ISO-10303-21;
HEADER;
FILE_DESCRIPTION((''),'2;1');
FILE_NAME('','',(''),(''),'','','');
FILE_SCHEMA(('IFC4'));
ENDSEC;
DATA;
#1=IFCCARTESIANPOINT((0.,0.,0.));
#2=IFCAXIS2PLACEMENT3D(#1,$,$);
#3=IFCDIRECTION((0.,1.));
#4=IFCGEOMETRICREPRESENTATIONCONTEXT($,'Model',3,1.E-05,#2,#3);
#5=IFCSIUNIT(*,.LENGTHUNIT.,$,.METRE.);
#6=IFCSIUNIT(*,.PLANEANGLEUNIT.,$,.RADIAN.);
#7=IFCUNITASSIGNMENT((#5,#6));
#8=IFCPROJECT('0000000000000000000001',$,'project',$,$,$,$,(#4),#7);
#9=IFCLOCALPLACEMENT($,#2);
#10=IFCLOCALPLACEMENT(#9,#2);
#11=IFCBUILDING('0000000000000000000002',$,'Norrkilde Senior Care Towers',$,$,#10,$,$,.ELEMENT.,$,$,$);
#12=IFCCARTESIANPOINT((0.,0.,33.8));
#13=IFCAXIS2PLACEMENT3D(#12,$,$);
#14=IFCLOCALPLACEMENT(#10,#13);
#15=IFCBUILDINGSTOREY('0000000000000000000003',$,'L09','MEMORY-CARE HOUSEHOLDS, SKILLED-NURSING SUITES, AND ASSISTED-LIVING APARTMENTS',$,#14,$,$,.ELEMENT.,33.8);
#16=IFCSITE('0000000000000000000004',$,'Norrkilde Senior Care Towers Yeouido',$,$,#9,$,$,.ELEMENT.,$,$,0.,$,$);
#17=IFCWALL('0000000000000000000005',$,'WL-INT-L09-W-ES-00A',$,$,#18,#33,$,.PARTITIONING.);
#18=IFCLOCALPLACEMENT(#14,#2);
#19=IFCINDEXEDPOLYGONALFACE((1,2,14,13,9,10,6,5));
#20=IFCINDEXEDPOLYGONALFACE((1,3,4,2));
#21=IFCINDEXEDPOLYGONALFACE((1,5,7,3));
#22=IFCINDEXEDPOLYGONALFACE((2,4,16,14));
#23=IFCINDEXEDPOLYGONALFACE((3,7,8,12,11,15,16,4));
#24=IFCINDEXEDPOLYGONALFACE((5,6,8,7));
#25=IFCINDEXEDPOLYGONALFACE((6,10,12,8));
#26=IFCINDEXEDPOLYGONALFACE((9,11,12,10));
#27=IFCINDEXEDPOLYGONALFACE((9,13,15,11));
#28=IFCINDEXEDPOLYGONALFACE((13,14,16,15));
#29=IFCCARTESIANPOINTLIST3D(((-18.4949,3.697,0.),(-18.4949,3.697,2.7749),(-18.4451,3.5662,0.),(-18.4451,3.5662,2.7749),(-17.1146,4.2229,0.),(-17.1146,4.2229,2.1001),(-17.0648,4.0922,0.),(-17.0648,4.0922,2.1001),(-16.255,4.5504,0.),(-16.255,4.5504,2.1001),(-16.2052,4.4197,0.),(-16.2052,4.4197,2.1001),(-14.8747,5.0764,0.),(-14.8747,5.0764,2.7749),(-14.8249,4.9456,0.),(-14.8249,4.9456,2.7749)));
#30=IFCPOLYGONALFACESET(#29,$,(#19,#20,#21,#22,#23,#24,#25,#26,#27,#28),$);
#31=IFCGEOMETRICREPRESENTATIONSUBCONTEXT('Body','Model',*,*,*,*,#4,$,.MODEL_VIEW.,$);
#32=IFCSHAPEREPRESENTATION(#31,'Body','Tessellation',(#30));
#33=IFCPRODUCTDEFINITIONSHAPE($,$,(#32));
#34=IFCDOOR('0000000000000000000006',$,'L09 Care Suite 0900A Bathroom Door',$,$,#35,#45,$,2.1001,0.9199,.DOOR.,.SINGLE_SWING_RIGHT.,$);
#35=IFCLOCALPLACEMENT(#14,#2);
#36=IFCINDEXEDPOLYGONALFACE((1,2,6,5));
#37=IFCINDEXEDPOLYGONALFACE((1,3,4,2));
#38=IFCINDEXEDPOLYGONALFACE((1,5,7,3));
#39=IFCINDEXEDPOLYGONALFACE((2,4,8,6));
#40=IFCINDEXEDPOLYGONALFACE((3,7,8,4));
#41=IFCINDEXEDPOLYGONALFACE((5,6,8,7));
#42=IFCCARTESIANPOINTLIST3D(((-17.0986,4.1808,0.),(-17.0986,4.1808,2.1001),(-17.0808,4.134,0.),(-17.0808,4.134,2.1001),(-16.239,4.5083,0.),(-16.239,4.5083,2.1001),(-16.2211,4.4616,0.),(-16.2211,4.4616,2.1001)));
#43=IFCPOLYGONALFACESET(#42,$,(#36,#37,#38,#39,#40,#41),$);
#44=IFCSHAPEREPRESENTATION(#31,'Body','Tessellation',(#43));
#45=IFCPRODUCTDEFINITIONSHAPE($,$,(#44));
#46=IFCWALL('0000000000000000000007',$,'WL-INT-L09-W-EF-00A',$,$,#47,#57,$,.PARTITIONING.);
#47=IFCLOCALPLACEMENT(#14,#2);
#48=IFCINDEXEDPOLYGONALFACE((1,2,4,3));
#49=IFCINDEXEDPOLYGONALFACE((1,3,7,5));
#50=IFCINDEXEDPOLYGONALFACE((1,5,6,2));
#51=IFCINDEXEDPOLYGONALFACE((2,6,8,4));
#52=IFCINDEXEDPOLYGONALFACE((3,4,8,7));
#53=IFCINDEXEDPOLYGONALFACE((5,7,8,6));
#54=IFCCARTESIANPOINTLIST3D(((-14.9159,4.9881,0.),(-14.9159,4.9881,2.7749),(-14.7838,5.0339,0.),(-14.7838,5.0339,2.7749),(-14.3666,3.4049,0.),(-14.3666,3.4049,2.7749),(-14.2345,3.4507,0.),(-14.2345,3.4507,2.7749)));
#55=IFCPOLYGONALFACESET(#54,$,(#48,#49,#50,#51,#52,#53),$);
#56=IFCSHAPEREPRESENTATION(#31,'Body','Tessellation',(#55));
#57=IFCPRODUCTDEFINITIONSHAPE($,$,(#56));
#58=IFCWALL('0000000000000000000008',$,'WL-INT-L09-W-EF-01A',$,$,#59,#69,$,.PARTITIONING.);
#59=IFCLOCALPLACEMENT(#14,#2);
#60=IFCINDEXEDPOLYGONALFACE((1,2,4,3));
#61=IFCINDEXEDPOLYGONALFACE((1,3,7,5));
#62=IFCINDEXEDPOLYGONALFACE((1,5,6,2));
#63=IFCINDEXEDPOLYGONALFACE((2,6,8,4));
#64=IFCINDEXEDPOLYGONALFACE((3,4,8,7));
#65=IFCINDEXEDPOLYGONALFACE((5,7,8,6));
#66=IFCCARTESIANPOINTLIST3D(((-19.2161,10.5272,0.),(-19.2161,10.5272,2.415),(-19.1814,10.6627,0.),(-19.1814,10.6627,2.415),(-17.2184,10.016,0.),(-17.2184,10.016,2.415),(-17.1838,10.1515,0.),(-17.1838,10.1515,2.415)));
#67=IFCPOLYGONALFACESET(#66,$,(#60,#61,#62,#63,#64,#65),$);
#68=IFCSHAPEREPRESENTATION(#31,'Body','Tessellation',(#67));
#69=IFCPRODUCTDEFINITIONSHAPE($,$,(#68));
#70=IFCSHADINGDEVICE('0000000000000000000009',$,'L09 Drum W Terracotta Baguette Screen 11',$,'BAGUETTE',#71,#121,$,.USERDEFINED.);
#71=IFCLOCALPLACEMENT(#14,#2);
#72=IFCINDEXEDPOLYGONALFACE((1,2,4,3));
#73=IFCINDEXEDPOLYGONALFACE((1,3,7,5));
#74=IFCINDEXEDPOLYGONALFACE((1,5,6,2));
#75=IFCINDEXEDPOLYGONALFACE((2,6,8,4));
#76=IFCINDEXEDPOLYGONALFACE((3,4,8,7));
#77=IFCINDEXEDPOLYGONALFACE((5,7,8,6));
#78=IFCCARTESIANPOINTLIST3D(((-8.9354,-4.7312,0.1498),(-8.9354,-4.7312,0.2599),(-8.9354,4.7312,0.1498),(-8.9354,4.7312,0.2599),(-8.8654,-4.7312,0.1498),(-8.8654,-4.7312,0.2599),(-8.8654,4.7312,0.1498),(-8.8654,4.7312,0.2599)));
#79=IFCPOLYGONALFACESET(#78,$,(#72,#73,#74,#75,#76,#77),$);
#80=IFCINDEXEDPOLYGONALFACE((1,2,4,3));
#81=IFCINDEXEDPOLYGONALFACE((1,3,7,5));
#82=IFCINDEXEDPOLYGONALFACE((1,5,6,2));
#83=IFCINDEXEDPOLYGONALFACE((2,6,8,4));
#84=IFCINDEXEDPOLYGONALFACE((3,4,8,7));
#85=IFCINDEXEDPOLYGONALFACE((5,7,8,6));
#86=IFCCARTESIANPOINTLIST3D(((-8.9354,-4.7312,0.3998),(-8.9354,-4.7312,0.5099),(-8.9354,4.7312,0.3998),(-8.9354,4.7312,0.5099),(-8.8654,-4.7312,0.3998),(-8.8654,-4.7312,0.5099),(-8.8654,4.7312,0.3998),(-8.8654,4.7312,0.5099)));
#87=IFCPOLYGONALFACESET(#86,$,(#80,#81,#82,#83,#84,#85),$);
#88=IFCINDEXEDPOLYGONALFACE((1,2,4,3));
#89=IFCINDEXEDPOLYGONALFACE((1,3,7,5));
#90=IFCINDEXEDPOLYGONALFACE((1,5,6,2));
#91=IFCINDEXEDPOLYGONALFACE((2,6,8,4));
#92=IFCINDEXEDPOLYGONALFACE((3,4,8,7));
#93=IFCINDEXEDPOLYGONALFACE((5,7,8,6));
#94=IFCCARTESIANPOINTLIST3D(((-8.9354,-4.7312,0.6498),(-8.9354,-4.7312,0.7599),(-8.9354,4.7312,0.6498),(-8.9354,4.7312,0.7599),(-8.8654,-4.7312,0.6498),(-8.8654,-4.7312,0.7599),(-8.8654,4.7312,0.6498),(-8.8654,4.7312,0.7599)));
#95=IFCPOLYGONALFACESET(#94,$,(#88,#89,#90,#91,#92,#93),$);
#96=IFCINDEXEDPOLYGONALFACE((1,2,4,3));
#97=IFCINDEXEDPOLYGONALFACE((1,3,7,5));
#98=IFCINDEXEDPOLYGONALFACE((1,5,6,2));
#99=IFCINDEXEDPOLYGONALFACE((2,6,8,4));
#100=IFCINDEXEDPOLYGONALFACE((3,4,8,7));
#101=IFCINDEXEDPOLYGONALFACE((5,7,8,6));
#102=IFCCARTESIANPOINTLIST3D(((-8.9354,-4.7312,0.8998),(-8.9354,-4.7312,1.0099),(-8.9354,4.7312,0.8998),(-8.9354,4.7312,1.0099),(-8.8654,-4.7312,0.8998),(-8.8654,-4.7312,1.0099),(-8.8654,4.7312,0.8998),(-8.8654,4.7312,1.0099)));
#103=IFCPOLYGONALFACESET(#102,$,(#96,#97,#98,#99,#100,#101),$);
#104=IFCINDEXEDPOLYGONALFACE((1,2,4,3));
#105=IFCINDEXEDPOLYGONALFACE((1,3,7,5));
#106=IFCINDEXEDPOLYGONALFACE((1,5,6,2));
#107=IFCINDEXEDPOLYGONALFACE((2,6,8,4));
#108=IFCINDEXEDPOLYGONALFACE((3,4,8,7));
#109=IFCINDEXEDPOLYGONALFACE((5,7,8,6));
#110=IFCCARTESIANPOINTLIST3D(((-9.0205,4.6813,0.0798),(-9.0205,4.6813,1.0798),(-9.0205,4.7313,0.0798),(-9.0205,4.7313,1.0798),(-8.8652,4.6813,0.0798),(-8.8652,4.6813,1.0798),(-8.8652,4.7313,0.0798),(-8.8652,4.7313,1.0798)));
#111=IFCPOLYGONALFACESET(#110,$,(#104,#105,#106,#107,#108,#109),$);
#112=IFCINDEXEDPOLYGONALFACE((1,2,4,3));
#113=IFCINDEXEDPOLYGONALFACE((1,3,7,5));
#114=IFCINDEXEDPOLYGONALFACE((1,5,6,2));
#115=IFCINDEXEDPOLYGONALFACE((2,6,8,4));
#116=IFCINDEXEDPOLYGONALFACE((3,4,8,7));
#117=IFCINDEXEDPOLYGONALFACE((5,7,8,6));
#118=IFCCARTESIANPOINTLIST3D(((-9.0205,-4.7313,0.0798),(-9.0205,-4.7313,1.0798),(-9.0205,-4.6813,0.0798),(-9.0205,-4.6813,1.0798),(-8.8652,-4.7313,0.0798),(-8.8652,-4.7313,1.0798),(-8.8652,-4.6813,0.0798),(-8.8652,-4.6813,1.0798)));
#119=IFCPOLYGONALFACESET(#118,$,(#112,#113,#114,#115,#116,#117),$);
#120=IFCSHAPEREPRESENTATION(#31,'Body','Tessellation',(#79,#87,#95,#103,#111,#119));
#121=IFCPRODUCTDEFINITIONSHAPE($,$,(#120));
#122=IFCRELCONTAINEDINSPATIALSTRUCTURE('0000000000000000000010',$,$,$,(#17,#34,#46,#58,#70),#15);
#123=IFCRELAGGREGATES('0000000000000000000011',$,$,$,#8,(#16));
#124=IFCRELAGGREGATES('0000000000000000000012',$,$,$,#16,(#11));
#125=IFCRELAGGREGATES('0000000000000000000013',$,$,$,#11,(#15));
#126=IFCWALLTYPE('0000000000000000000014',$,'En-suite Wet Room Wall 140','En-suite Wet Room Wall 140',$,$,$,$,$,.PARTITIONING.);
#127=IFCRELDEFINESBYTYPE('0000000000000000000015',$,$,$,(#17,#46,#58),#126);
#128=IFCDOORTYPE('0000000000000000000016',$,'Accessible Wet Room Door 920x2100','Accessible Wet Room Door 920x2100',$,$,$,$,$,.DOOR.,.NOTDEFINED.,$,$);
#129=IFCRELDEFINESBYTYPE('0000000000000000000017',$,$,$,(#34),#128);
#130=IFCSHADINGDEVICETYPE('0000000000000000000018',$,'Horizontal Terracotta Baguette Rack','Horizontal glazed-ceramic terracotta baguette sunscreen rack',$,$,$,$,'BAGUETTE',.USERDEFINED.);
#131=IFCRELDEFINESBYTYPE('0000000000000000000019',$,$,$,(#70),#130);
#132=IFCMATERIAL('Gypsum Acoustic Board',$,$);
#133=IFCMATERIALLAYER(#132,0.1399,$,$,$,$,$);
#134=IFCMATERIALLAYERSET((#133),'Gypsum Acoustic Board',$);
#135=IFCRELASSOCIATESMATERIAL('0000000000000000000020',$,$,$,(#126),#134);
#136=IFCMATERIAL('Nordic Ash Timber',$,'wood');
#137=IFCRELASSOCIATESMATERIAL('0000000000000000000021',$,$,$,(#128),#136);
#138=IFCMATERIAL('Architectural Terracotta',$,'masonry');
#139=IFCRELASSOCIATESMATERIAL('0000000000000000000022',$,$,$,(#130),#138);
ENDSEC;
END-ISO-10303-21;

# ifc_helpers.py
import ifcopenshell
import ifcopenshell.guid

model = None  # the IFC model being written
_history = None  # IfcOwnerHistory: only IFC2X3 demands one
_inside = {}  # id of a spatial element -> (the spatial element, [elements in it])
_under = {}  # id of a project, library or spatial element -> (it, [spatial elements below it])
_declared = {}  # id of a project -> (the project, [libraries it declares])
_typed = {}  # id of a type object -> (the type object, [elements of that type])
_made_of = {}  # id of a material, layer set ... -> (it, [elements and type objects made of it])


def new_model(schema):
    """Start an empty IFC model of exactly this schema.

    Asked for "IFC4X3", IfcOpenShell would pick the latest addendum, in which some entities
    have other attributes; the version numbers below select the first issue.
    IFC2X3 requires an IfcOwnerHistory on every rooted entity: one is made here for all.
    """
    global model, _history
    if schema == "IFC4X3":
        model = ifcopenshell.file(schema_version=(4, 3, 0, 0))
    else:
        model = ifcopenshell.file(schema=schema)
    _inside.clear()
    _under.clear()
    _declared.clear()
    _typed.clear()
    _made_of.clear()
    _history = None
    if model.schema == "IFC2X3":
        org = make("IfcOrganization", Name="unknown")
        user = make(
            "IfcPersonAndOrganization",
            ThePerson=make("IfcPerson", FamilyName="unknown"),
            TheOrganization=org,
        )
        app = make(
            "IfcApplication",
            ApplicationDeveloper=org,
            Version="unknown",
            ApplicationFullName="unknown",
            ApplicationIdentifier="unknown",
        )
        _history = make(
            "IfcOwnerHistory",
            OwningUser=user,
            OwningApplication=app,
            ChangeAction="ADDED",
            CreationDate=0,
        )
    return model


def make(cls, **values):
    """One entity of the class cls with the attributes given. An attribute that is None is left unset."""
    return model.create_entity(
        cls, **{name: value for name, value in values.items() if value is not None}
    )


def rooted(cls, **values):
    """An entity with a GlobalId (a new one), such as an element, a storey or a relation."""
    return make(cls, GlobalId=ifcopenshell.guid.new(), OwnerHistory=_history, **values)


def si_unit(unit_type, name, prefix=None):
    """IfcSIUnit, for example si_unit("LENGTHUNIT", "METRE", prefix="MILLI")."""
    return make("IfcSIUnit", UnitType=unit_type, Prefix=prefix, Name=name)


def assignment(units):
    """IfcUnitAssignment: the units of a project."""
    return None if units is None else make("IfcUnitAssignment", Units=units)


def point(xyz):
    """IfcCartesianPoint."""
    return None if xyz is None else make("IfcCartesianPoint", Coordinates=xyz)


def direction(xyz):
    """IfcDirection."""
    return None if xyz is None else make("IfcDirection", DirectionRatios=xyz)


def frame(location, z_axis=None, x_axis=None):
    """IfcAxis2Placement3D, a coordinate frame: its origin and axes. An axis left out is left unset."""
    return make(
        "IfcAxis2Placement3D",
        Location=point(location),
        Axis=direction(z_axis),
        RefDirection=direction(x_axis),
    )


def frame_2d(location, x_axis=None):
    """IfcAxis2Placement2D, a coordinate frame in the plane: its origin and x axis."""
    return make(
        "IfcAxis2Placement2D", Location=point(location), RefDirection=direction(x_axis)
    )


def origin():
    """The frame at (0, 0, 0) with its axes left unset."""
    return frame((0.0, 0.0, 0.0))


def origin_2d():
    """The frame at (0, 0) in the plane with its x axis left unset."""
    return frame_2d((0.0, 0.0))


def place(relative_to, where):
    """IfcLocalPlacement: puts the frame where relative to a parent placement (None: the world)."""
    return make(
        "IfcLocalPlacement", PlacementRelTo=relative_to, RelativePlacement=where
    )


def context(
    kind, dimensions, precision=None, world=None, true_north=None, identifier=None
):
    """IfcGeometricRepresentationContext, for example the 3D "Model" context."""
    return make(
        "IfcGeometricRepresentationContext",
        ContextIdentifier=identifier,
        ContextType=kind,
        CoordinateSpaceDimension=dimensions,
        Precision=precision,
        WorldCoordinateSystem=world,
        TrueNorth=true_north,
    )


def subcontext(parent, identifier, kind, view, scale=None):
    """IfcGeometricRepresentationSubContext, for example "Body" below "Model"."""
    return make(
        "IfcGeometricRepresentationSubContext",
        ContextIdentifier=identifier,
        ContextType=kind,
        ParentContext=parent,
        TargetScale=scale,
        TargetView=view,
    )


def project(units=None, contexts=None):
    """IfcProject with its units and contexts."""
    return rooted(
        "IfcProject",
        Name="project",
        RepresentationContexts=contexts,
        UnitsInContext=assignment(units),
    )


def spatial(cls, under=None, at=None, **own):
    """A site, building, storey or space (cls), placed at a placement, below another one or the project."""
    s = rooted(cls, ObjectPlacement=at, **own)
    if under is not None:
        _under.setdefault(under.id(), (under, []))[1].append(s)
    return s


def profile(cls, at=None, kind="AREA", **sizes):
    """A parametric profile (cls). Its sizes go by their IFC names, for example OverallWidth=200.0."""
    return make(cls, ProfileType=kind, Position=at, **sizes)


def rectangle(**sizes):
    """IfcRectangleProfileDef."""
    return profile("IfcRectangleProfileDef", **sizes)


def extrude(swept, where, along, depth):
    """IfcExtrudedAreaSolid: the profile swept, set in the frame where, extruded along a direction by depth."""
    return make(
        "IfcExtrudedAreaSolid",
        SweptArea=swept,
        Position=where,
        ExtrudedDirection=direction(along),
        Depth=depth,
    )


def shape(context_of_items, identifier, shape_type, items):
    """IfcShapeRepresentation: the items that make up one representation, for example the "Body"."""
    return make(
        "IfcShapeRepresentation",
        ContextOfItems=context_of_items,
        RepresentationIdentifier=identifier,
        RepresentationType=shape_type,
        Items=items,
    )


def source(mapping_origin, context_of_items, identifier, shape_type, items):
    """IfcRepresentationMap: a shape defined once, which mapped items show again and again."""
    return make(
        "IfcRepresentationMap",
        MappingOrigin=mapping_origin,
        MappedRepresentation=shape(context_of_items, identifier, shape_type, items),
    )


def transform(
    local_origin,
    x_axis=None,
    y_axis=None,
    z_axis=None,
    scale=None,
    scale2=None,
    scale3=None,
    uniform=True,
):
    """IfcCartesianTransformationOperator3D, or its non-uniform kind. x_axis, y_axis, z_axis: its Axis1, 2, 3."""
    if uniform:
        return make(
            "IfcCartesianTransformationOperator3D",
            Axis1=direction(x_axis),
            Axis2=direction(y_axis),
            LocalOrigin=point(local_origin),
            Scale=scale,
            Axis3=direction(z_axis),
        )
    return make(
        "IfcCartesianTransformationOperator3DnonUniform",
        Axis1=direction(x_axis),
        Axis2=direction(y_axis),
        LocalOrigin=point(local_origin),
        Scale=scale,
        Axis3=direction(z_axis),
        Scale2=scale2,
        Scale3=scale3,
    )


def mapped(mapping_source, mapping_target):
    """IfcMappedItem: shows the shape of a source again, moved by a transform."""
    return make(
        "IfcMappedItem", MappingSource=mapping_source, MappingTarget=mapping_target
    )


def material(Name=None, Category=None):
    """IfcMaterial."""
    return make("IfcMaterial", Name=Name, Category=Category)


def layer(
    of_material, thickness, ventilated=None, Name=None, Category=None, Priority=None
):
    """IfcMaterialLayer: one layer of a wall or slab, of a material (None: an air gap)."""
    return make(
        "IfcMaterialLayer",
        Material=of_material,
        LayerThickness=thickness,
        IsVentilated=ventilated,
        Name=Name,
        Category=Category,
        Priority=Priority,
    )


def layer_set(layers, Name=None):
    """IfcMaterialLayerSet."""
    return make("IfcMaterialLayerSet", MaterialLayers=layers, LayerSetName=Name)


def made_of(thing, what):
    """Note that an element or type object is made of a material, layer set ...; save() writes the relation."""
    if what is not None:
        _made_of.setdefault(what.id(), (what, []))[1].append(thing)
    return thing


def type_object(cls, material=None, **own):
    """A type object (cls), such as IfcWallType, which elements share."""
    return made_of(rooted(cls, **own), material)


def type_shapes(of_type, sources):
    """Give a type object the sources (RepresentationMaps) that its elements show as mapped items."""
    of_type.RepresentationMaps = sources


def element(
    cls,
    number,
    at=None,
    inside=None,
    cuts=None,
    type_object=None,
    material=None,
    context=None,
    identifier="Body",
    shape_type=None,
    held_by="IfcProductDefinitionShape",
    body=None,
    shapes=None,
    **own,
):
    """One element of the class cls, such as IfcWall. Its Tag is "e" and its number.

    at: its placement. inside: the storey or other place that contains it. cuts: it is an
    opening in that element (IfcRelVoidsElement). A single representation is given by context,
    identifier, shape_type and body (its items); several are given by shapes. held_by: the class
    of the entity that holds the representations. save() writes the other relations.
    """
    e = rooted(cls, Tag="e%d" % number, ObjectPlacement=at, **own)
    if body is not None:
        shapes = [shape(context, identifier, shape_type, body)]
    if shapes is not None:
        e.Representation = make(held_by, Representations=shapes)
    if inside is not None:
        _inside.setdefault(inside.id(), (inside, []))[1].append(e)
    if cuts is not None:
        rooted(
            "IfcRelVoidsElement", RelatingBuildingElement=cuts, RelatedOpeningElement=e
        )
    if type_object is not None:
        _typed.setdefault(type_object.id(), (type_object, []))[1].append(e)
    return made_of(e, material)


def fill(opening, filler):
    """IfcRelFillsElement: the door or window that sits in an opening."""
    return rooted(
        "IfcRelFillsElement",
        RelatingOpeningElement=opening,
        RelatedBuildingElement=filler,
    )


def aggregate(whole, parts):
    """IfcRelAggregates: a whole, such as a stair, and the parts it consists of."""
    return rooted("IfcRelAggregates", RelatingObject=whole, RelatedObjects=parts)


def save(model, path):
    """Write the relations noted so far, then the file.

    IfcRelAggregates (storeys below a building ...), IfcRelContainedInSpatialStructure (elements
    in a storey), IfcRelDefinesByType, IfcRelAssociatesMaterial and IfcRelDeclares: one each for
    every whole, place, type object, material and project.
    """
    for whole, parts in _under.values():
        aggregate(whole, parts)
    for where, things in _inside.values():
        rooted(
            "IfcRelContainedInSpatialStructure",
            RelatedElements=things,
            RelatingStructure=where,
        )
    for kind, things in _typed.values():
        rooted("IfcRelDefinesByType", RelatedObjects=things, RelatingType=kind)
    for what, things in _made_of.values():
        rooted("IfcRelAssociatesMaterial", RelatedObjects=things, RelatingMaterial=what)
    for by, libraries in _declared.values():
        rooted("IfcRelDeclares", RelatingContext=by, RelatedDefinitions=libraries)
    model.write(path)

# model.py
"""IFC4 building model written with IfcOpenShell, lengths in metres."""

from ifc_helpers import new_model, si_unit, direction, frame, frame_2d, origin, origin_2d, place, context, subcontext, project, spatial, rectangle, extrude, source, transform, mapped, material, layer, layer_set, type_object, type_shapes, element, fill, save


model = new_model("IFC4")

# Units and contexts
model_context = context("Model", 3, precision=1e-05, world=origin(), true_north=direction((0.0, 1.0)))
body_context = subcontext(model_context, "Body", "Model", "MODEL_VIEW")
ifc_project = project(units=[si_unit("LENGTHUNIT", "METRE"), si_unit("PLANEANGLEUNIT", "RADIAN")], contexts=[model_context])

# Site, building, storey
site_placement = place(None, origin())
site = spatial("IfcSite", under=ifc_project, at=site_placement, Name="Norrkilde Senior Care Towers Yeouido", CompositionType="ELEMENT", RefElevation=0.0)
building_placement = place(site_placement, origin())
building = spatial("IfcBuilding", under=site, at=building_placement, Name="Norrkilde Senior Care Towers", CompositionType="ELEMENT")
storey_placement = place(building_placement, frame((0.0, 0.0, 33.8)))
storey = spatial("IfcBuildingStorey", under=building, at=storey_placement, Name="L09", Description="MEMORY-CARE HOUSEHOLDS, SKILLED-NURSING SUITES, AND ASSISTED-LIVING APARTMENTS", CompositionType="ELEMENT", Elevation=33.8)

# Shared definitions
ifc_material_1 = material(Name="Gypsum Acoustic Board")
ifc_material_2 = material(Name="Nordic Ash Timber", Category="wood")

# Wall, opening, door
ifc_layer_1 = layer(ifc_material_1, 0.1399)
ifc_layer_set_1 = layer_set([ifc_layer_1], Name="Gypsum Acoustic Board")
wall_type_1 = type_object("IfcWallType", Name="En-suite Wet Room Wall 140", Description="En-suite Wet Room Wall 140", PredefinedType="PARTITIONING", material=ifc_layer_set_1)
shared_shape_1 = source(origin(), body_context, "Body", "SweptSolid", [
    extrude(rectangle(XDim=3.874, YDim=0.1399, at=frame_2d((1.937, 0.0))), origin(), (0.0, 0.0, 1.0), 2.7749),
])
wall_1_placement = place(storey_placement, frame((-18.47, 3.6316, 0.0), z_axis=(0.0, 0.0, 1.0), x_axis=(0.934462, 0.356063, 0.0)))
wall_1 = element("IfcWall", 1, at=wall_1_placement, inside=storey, type_object=wall_type_1, Name="WL-INT-L09-W-ES-00A", PredefinedType="PARTITIONING", context=body_context, shape_type="MappedRepresentation", body=[
    mapped(shared_shape_1, transform((0.0, 0.0, 0.0), x_axis=(1.0, 0.0, 0.0), y_axis=(0.0, 1.0, 0.0), z_axis=(0.0, 0.0, 1.0), scale=1.0)),
])
opening_1_placement = place(wall_1_placement, frame((1.4771, 0.0, 0.0)))
opening_1 = element("IfcOpeningElement", 2, at=opening_1_placement, cuts=wall_1, PredefinedType="OPENING", context=body_context, shape_type="SweptSolid", body=[
    extrude(rectangle(XDim=0.9199, YDim=2.1001, at=frame_2d((0.46, 1.05))), frame((0.0, 0.0798, 0.0), z_axis=(0.0, -1.0, 0.0), x_axis=(1.0, 0.0, 0.0)), (0.0, 0.0, 1.0), 0.1599),
])
door_type_1 = type_object("IfcDoorType", Name="Accessible Wet Room Door 920x2100", Description="Accessible Wet Room Door 920x2100", OperationType="NOTDEFINED", PredefinedType="DOOR", material=ifc_material_2)
shared_shape_2 = source(origin(), body_context, "Body", "SweptSolid", [
    extrude(rectangle(XDim=0.9199, YDim=2.1001, at=frame_2d((0.46, 1.05))), frame((0.0, 0.0249, 0.0), z_axis=(0.0, -1.0, 0.0), x_axis=(1.0, 0.0, 0.0)), (0.0, 0.0, 1.0), 0.05),
])
type_shapes(door_type_1, [shared_shape_2])
door_1_placement = place(opening_1_placement, origin())
door_1 = element("IfcDoor", 3, at=door_1_placement, inside=storey, type_object=door_type_1, Name="L09 Care Suite 0900A Bathroom Door", OperationType="SINGLE_SWING_RIGHT", OverallHeight=2.1001, OverallWidth=0.9199, PredefinedType="DOOR", context=body_context, shape_type="MappedRepresentation", body=[
    mapped(shared_shape_2, transform((0.0, 0.0, 0.0), x_axis=(1.0, 0.0, 0.0), y_axis=(0.0, 1.0, 0.0), z_axis=(0.0, 0.0, 1.0), scale=1.0)),
])
fill(opening_1, door_1)

# Walls
shared_shape_3 = source(origin(), body_context, "Body", "SweptSolid", [
    extrude(rectangle(XDim=1.6758, YDim=0.1399, at=frame_2d((0.8379, 0.0))), origin(), (0.0, 0.0, 1.0), 2.7749),
])
wall_2_placement = place(storey_placement, frame((-14.8499, 5.011, 0.0), z_axis=(0.0, 0.0, 1.0), x_axis=(0.327786, -0.944752, 0.0)))
element("IfcWall", 4, at=wall_2_placement, inside=storey, type_object=wall_type_1, Name="WL-INT-L09-W-EF-00A", PredefinedType="PARTITIONING", context=body_context, shape_type="MappedRepresentation", body=[
    mapped(shared_shape_3, transform((0.0, 0.0, 0.0), x_axis=(1.0, 0.0, 0.0), y_axis=(0.0, 1.0, 0.0), z_axis=(0.0, 0.0, 1.0), scale=1.0)),
])
shared_shape_4 = source(origin(), body_context, "Body", "SweptSolid", [
    extrude(rectangle(XDim=2.062, YDim=0.1399, at=frame_2d((1.031, 0.0))), origin(), (0.0, 0.0, 1.0), 2.415),
])
type_shapes(wall_type_1, [shared_shape_1, shared_shape_3, shared_shape_4])
wall_3_placement = place(storey_placement, frame((-19.1987, 10.595, 0.0), z_axis=(0.0, 0.0, 1.0), x_axis=(0.968776, -0.247937, 0.0)))
element("IfcWall", 5, at=wall_3_placement, inside=storey, type_object=wall_type_1, Name="WL-INT-L09-W-EF-01A", PredefinedType="PARTITIONING", context=body_context, shape_type="MappedRepresentation", body=[
    mapped(shared_shape_4, transform((0.0, 0.0, 0.0), x_axis=(1.0, 0.0, 0.0), y_axis=(0.0, 1.0, 0.0), z_axis=(0.0, 0.0, 1.0), scale=1.0)),
])

# Shading device
ifc_material_3 = material(Name="Architectural Terracotta", Category="masonry")
shading_device_type = type_object("IfcShadingDeviceType", Name="Horizontal Terracotta Baguette Rack", Description="Horizontal glazed-ceramic terracotta baguette sunscreen rack", ElementType="BAGUETTE", PredefinedType="USERDEFINED", material=ifc_material_3)
shared_shape_5 = source(origin(), body_context, "Body", "SweptSolid", [
    extrude(rectangle(XDim=0.0701, YDim=0.1101, at=origin_2d()), frame((0.0, 0.0901, 0.125), z_axis=(1.0, 0.0, 0.0), x_axis=(0.0, 1.0, 0.0)), (0.0, 0.0, 1.0), 9.4624),
    extrude(rectangle(XDim=0.0701, YDim=0.1101, at=origin_2d()), frame((0.0, 0.0901, 0.375), z_axis=(1.0, 0.0, 0.0), x_axis=(0.0, 1.0, 0.0)), (0.0, 0.0, 1.0), 9.4624),
    extrude(rectangle(XDim=0.0701, YDim=0.1101, at=origin_2d()), frame((0.0, 0.0901, 0.625), z_axis=(1.0, 0.0, 0.0), x_axis=(0.0, 1.0, 0.0)), (0.0, 0.0, 1.0), 9.4624),
    extrude(rectangle(XDim=0.0701, YDim=0.1101, at=origin_2d()), frame((0.0, 0.0901, 0.875), z_axis=(1.0, 0.0, 0.0), x_axis=(0.0, 1.0, 0.0)), (0.0, 0.0, 1.0), 9.4624),
    extrude(rectangle(XDim=0.05, YDim=0.1553, at=origin_2d()), frame((0.0249, 0.0476, 0.0)), (0.0, 0.0, 1.0), 1.0),
    extrude(rectangle(XDim=0.05, YDim=0.1553, at=origin_2d()), frame((9.4375, 0.0476, 0.0)), (0.0, 0.0, 1.0), 1.0),
])
type_shapes(shading_device_type, [shared_shape_5])
shading_device_placement = place(storey_placement, frame((-8.9905, 4.7312, 0.0798), z_axis=(0.0, 0.0, 1.0), x_axis=(0.0, -1.0, 0.0)))
element("IfcShadingDevice", 6, at=shading_device_placement, inside=storey, type_object=shading_device_type, Name="L09 Drum W Terracotta Baguette Screen 11", ObjectType="BAGUETTE", PredefinedType="USERDEFINED", context=body_context, shape_type="MappedRepresentation", body=[
    mapped(shared_shape_5, transform((0.0, 0.0, 0.0), x_axis=(1.0, 0.0, 0.0), y_axis=(0.0, 1.0, 0.0), z_axis=(0.0, 0.0, 1.0), scale=1.0)),
])

save(model, "model.ifc")
